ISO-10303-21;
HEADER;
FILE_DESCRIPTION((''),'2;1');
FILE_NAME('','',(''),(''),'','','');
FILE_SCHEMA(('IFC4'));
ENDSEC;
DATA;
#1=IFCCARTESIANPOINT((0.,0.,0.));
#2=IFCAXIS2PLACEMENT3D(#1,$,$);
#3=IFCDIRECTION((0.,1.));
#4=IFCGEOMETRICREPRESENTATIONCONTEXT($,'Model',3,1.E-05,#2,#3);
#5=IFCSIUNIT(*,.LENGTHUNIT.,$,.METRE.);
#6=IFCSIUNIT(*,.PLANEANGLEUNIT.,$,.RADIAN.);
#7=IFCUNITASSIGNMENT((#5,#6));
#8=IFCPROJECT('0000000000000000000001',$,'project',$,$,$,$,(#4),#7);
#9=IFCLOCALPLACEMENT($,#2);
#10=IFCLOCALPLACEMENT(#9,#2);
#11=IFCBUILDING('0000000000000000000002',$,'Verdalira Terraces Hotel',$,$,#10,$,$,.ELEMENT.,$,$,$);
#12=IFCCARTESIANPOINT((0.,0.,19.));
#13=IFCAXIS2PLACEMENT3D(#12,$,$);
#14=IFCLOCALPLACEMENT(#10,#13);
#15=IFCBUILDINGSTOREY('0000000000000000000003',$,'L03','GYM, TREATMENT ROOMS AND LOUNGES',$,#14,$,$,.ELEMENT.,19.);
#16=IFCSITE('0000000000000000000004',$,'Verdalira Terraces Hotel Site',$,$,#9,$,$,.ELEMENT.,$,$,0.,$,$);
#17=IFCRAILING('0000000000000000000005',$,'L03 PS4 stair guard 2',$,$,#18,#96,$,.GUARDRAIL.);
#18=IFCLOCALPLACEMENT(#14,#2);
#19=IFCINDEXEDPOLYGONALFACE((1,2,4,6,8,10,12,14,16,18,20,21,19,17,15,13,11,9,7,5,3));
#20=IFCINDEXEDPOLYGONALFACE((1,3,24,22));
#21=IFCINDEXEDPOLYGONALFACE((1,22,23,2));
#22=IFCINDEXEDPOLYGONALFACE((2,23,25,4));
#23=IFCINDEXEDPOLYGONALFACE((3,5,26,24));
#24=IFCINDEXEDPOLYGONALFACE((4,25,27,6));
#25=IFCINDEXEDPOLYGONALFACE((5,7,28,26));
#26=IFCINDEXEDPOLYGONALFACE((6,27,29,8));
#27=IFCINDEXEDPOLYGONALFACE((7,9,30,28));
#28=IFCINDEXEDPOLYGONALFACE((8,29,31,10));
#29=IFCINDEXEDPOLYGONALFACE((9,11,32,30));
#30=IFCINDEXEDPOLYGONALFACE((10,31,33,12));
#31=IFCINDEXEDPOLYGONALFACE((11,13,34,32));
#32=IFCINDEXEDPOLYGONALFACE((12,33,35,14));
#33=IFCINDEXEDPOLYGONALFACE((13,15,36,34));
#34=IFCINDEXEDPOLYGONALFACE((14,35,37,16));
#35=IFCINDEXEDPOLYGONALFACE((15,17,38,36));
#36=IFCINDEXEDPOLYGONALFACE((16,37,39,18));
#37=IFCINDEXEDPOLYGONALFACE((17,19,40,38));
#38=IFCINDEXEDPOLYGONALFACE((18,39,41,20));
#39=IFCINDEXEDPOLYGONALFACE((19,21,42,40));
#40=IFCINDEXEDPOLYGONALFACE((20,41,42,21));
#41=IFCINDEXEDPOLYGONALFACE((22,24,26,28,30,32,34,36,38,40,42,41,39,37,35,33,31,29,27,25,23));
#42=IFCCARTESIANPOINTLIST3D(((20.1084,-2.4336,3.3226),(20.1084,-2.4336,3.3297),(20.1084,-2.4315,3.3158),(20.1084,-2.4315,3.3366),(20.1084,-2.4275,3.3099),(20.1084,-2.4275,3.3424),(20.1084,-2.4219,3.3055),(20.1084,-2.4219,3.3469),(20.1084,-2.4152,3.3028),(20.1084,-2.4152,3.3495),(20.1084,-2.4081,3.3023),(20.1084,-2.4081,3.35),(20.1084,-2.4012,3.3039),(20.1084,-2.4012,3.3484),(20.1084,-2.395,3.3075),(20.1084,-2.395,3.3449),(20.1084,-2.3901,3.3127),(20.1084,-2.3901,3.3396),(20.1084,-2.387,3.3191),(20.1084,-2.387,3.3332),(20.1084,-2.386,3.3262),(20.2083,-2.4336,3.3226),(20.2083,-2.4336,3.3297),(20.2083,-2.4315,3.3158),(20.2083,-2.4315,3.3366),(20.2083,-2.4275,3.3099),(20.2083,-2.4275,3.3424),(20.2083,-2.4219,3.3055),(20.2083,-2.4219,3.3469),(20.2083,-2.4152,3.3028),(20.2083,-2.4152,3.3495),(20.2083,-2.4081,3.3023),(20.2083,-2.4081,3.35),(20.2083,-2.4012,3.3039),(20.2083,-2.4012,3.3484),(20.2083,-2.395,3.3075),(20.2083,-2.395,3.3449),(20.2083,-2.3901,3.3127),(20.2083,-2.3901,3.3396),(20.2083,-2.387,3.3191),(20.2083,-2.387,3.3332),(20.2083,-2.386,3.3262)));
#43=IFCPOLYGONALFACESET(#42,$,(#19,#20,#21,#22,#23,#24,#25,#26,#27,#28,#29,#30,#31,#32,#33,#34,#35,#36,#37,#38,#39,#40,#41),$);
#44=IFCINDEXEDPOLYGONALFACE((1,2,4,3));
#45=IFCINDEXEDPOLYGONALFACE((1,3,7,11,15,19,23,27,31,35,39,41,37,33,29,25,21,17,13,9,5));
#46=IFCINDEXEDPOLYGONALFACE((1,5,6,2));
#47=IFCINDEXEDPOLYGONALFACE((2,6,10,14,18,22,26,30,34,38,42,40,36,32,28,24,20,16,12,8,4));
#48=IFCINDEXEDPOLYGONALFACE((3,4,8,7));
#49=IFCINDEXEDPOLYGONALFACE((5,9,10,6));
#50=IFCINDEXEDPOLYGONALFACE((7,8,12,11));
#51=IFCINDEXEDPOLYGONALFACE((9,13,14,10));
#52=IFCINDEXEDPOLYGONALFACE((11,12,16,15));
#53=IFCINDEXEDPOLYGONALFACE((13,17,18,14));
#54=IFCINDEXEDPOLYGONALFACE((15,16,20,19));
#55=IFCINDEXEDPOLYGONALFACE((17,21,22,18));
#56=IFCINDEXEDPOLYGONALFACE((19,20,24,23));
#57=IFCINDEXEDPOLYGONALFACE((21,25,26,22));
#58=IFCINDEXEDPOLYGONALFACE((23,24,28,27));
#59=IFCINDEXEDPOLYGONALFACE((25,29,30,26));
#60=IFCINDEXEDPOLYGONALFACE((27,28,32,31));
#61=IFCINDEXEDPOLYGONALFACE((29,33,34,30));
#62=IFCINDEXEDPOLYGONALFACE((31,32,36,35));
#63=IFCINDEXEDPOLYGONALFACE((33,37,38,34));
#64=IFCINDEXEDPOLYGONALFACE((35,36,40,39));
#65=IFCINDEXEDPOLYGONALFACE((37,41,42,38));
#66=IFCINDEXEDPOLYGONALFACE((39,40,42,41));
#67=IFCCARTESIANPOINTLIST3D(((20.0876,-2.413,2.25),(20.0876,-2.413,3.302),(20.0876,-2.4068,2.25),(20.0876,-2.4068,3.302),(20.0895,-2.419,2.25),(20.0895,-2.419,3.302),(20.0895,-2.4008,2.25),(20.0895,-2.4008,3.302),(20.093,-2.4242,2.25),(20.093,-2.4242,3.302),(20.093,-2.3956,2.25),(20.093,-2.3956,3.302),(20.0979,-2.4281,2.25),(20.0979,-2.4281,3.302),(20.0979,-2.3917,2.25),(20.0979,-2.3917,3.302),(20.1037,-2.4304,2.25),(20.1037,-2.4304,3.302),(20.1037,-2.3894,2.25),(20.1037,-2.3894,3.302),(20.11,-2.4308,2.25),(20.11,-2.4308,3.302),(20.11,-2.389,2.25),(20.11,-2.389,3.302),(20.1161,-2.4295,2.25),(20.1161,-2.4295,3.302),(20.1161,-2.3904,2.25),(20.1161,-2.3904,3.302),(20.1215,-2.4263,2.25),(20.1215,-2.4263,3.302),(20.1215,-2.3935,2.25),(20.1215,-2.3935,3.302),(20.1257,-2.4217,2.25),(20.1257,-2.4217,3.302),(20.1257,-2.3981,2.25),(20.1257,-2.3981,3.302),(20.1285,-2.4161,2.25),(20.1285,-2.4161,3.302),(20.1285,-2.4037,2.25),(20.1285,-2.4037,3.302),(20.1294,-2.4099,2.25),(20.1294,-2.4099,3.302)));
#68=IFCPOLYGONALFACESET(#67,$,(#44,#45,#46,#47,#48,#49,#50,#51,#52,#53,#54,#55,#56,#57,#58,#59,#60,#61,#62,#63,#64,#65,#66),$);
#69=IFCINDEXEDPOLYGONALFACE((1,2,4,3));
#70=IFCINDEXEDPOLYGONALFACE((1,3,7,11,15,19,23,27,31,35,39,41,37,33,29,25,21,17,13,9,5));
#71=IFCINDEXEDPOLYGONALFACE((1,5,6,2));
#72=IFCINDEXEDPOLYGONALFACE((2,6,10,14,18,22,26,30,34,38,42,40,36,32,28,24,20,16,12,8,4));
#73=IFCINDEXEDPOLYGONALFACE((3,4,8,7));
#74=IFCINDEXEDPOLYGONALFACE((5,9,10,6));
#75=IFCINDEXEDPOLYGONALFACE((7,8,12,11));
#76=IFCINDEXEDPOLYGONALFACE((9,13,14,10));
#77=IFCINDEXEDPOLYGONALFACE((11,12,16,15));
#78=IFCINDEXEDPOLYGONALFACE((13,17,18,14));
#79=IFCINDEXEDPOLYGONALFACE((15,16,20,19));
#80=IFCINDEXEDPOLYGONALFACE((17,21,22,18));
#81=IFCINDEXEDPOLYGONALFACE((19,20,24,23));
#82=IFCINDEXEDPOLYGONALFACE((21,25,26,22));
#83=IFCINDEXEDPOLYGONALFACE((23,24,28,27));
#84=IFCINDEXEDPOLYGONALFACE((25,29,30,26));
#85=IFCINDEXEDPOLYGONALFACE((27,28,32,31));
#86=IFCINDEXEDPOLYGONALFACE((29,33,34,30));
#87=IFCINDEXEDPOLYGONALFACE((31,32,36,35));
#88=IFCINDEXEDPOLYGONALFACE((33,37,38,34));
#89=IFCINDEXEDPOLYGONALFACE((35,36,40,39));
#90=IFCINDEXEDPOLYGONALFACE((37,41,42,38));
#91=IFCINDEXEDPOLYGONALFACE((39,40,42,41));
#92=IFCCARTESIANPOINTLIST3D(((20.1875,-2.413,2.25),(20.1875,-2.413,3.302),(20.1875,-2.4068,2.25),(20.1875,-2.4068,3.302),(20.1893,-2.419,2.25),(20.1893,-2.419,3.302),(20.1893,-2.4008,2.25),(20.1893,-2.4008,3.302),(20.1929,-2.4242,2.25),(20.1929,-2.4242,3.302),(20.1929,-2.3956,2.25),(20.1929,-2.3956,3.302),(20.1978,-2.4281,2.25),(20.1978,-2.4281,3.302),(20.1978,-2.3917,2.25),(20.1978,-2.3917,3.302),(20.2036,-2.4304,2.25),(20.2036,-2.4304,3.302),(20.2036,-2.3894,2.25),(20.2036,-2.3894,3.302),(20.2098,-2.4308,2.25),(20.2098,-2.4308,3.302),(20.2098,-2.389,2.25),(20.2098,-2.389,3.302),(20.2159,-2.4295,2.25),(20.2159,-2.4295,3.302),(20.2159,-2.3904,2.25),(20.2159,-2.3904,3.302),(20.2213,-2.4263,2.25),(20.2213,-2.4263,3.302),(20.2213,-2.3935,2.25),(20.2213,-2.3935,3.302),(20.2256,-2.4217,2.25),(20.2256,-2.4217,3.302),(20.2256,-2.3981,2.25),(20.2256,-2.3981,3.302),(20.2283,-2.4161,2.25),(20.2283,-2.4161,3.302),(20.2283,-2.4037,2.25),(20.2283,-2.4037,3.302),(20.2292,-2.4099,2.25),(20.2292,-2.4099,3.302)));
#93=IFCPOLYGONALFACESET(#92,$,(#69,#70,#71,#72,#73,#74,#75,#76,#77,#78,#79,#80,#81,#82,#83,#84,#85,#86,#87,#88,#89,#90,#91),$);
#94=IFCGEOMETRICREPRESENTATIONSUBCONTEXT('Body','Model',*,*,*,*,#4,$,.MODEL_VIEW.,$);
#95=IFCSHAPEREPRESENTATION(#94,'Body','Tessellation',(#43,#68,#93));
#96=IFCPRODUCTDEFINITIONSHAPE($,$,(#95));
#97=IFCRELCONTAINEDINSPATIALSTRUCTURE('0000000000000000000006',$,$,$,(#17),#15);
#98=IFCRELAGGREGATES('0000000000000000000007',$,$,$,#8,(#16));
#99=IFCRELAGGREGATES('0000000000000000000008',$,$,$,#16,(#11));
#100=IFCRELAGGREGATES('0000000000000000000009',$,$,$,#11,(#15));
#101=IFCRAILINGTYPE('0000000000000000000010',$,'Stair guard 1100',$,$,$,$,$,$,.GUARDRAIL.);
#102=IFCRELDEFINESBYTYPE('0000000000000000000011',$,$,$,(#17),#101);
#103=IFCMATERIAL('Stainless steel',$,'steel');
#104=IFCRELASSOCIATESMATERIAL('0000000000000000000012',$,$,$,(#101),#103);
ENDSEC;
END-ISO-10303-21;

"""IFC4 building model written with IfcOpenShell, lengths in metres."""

from ifc_helpers import new_model, si_unit, direction, frame, origin, origin_2d, place, context, subcontext, project, spatial, circle, extrude, material, type_object, element, save


model = new_model("IFC4")

# Units and contexts
model_context = context("Model", 3, precision=1e-05, world=origin(), true_north=direction((0.0, 1.0)))
body_context = subcontext(model_context, "Body", "Model", "MODEL_VIEW")
ifc_project = project(units=[si_unit("LENGTHUNIT", "METRE"), si_unit("PLANEANGLEUNIT", "RADIAN")], contexts=[model_context])

# Site, building, storey
site_placement = place(None, origin())
site = spatial("IfcSite", under=ifc_project, at=site_placement, Name="Verdalira Terraces Hotel Site", CompositionType="ELEMENT", RefElevation=0.0)
building_placement = place(site_placement, origin())
building = spatial("IfcBuilding", under=site, at=building_placement, Name="Verdalira Terraces Hotel", CompositionType="ELEMENT")
storey_placement = place(building_placement, frame((0.0, 0.0, 19.0)))
storey = spatial("IfcBuildingStorey", under=building, at=storey_placement, Name="L03", Description="GYM, TREATMENT ROOMS AND LOUNGES", CompositionType="ELEMENT", Elevation=19.0)

# Railing
ifc_material_1 = material(Name="Stainless steel", Category="steel")
railing_type_1 = type_object("IfcRailingType", Name="Stair guard 1100", PredefinedType="GUARDRAIL", material=ifc_material_1)
railing_1_placement = place(storey_placement, frame((20.1084, -2.4099, 2.25)))
element("IfcRailing", 1, at=railing_1_placement, inside=storey, type_object=railing_type_1, Name="L03 PS4 stair guard 2", PredefinedType="GUARDRAIL", context=body_context, shape_type="SweptSolid", body=[
    extrude(circle(Radius=0.0239, at=origin_2d()), frame((0.0, 0.0, 1.0762), z_axis=(1.0, 0.0, 0.0), x_axis=(0.0, 1.0, 0.0)), (0.0, 0.0, 1.0), 0.0999),
    extrude(circle(Radius=0.021, at=origin_2d()), origin(), (0.0, 0.0, 1.0), 1.052),
    extrude(circle(Radius=0.021, at=origin_2d()), frame((0.0999, 0.0, 0.0)), (0.0, 0.0, 1.0), 1.052),
])

save(model, "model.ifc")
